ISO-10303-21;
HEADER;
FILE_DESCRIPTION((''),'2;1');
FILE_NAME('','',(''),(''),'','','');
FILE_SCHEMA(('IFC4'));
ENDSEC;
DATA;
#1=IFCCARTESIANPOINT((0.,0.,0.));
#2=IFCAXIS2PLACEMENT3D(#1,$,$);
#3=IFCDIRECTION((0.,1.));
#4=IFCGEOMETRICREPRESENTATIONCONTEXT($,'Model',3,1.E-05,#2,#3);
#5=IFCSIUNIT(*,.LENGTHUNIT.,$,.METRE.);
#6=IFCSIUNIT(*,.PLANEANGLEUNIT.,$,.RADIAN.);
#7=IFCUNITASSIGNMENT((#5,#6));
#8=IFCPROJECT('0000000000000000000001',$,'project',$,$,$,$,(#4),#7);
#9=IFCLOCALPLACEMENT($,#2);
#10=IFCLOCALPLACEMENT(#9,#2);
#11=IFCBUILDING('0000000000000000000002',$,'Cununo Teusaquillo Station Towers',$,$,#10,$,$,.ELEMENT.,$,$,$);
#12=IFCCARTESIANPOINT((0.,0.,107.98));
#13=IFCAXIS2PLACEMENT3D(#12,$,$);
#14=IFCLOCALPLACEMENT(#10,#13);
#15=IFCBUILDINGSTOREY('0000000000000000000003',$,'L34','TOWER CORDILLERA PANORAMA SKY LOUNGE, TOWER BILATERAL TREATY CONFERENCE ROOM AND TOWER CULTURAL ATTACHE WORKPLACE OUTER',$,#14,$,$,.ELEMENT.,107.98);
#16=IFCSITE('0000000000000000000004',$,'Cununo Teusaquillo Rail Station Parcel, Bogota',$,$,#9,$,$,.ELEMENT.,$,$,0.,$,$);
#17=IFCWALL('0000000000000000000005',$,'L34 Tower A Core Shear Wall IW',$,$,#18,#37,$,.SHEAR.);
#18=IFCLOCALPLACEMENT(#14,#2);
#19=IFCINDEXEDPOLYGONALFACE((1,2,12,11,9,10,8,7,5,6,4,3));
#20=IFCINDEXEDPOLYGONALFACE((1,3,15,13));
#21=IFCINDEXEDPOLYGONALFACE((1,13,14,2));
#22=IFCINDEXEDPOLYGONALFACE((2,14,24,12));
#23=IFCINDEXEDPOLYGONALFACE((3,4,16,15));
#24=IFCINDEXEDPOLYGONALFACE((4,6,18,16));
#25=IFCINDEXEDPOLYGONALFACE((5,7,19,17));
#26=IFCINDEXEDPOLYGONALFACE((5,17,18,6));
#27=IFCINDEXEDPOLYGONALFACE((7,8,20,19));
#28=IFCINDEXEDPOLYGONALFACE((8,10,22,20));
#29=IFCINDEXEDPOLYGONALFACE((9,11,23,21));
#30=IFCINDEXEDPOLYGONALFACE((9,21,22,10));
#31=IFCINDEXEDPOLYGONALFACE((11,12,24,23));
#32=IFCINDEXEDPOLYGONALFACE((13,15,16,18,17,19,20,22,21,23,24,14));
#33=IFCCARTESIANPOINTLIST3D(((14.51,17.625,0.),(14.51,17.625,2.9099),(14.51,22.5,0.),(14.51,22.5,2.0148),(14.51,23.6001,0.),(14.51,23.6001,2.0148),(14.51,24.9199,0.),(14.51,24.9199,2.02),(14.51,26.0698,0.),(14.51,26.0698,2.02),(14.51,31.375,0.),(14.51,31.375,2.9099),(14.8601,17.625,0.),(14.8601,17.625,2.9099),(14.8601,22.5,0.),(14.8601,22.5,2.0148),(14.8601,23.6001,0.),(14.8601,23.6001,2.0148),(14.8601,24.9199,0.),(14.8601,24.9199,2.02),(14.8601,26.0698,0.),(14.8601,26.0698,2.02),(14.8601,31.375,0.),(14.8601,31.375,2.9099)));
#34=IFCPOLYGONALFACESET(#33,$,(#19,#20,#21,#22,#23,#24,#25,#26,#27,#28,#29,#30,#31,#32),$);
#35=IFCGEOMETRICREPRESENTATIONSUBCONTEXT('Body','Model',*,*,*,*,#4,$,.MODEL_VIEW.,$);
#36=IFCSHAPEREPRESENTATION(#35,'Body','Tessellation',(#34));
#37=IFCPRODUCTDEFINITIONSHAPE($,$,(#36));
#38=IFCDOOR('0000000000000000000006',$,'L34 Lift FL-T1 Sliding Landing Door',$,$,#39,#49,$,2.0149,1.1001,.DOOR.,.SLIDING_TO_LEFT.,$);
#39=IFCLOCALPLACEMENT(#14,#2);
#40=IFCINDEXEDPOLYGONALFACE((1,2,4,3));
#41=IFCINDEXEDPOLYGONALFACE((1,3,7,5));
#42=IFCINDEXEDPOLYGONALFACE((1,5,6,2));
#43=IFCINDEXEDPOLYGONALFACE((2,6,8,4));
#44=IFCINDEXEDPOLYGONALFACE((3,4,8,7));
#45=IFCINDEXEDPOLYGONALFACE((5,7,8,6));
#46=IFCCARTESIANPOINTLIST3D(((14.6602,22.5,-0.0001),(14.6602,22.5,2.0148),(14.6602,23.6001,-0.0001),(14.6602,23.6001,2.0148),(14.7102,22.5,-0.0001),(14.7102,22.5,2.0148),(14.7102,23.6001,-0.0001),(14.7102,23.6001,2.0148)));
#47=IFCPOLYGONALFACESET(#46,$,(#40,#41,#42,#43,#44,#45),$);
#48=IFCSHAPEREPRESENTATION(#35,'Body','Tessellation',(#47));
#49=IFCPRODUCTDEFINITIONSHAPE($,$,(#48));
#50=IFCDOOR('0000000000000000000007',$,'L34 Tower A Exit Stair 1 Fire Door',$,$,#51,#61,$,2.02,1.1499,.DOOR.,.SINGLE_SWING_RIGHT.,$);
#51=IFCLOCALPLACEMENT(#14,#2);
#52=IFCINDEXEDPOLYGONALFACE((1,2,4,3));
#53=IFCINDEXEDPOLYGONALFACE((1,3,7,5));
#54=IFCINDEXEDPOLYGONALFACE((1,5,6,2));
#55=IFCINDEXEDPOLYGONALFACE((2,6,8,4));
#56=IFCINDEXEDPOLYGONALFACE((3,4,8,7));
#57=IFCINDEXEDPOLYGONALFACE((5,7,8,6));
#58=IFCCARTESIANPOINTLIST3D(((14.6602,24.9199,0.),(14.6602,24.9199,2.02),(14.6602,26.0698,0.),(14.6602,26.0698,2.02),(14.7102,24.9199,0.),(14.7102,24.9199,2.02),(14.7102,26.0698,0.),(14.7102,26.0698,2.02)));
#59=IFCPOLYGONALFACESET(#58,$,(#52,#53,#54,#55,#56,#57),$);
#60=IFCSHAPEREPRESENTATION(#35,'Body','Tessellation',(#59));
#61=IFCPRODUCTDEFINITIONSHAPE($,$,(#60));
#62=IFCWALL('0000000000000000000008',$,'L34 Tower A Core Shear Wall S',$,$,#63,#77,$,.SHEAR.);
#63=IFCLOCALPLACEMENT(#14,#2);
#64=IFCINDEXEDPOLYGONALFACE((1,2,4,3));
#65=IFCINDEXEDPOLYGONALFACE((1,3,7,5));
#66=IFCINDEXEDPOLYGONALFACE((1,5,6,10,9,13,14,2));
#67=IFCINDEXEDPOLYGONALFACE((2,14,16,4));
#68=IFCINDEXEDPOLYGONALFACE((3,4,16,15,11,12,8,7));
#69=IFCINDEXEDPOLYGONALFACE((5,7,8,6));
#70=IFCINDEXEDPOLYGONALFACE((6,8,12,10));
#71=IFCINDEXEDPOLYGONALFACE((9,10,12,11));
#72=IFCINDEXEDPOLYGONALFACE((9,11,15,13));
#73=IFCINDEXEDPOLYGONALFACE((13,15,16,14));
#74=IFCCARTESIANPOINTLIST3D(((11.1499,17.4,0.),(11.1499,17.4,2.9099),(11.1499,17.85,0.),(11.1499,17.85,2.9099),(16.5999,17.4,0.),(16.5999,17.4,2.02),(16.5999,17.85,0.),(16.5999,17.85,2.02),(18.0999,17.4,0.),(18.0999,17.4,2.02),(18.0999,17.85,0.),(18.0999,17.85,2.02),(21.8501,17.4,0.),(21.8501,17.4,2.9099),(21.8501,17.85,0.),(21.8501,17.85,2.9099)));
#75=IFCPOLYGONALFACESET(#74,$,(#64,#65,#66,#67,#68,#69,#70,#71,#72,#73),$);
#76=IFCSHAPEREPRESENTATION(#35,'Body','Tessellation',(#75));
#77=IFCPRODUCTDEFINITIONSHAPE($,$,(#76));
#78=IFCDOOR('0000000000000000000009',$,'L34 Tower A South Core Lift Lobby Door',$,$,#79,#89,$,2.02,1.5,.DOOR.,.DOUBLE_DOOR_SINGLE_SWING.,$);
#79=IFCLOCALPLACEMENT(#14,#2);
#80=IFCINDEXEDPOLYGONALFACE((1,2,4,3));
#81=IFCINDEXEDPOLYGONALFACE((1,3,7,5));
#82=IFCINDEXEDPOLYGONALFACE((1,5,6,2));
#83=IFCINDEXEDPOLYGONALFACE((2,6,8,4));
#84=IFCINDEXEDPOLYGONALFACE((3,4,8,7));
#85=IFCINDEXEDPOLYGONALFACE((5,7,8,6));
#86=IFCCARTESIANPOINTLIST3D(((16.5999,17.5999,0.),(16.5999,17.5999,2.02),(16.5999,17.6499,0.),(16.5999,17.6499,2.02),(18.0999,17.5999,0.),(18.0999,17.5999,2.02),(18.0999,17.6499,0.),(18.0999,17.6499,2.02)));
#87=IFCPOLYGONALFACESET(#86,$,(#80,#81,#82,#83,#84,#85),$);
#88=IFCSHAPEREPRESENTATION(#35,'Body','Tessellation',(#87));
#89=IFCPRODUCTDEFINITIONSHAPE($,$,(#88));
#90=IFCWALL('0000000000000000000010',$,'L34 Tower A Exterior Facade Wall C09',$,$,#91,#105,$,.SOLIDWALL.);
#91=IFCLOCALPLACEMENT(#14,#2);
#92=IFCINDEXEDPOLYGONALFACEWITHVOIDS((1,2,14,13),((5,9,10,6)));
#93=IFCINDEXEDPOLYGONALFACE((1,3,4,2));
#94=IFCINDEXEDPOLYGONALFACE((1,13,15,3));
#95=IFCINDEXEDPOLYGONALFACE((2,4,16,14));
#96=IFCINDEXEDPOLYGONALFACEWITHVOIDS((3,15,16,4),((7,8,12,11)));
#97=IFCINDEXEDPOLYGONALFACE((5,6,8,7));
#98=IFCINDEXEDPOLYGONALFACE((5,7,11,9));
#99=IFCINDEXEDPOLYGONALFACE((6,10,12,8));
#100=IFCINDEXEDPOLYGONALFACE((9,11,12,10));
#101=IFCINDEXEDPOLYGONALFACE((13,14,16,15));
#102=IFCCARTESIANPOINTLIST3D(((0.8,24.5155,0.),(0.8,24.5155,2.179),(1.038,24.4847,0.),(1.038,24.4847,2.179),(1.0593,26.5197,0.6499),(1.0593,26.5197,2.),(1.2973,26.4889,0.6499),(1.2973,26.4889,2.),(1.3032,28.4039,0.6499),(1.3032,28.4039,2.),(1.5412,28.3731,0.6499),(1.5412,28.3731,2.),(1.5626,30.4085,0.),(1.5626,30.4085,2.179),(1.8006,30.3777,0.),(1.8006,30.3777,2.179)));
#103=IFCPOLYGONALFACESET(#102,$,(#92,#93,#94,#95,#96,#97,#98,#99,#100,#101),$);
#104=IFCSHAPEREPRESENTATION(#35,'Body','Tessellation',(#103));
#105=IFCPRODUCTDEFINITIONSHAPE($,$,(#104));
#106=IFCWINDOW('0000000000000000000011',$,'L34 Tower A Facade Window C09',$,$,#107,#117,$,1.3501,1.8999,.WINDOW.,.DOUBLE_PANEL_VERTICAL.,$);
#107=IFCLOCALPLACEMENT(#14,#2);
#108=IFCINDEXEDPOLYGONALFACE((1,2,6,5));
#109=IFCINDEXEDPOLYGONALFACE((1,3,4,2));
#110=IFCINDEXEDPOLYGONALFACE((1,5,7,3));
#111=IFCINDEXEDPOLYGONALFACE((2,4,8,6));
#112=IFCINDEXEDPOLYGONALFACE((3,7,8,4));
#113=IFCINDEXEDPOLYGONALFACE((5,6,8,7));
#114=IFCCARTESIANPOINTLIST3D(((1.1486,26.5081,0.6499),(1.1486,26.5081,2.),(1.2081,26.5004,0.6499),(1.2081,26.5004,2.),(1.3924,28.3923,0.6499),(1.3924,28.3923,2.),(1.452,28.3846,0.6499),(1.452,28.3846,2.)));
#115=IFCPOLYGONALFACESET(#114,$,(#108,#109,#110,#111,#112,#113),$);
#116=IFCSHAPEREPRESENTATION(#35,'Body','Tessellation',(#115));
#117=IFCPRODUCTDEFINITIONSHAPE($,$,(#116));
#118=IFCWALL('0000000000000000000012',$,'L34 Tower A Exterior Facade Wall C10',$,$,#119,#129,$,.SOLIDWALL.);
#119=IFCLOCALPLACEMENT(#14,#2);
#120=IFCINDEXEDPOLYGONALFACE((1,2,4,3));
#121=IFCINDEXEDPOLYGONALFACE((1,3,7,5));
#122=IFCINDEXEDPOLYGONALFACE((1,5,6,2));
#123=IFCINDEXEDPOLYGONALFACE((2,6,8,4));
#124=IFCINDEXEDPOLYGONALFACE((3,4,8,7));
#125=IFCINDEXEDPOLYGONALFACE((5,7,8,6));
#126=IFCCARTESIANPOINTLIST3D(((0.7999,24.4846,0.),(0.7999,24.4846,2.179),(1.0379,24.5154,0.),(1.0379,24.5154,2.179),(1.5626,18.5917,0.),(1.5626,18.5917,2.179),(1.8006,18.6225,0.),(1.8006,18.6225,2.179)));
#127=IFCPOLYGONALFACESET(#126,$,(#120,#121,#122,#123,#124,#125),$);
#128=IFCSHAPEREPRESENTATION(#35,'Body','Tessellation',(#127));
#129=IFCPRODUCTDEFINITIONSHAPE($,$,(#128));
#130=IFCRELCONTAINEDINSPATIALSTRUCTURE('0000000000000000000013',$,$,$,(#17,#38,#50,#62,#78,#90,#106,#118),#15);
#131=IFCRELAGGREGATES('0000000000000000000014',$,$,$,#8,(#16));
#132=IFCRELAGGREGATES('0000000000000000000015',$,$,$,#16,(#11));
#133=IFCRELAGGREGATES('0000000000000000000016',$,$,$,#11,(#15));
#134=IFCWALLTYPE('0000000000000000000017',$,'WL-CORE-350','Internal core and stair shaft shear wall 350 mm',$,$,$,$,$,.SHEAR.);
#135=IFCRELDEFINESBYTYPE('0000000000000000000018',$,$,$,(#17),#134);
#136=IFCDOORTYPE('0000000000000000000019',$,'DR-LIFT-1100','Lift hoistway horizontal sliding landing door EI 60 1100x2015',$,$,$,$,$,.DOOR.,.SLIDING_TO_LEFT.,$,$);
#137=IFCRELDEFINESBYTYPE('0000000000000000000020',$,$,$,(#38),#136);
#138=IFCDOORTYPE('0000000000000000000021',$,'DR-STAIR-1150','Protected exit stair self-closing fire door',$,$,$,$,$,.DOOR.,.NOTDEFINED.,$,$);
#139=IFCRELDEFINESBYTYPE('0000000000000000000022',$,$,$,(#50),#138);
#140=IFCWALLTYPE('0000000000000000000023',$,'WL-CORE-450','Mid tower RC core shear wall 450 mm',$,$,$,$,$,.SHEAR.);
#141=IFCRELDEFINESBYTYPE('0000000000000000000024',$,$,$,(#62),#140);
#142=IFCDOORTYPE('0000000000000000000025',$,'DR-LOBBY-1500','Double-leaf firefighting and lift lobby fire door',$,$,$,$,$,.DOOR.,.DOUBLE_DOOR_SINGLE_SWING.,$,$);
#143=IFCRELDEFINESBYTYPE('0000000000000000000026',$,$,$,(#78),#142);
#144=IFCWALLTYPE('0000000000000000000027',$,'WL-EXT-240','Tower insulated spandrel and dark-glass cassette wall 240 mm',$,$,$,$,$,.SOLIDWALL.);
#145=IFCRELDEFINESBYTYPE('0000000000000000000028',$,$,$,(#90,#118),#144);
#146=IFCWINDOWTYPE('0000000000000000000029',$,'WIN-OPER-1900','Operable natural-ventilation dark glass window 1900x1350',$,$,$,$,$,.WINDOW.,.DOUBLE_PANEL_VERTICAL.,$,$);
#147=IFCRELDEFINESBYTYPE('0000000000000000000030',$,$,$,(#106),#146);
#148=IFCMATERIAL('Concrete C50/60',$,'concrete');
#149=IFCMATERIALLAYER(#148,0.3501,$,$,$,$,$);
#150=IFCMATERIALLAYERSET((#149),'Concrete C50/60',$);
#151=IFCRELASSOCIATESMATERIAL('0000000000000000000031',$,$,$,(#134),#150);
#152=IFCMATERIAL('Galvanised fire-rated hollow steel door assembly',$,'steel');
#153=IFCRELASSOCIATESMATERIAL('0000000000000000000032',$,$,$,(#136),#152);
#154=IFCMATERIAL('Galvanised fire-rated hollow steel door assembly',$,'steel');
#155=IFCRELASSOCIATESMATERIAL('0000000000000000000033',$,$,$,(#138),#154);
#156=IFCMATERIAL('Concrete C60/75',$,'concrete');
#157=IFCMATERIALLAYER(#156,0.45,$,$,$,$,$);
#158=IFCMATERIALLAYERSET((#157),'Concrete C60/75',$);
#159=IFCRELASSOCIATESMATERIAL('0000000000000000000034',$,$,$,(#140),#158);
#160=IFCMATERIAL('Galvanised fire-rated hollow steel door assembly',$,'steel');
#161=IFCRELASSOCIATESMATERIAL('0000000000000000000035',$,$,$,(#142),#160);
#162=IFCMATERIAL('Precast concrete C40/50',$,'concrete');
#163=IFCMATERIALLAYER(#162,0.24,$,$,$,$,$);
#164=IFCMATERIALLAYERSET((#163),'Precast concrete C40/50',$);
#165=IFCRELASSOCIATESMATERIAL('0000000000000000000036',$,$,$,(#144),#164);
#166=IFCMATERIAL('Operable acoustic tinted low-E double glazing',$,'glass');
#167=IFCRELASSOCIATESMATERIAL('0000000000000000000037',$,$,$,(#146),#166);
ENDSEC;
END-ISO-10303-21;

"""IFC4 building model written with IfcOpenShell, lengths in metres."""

from ifc_helpers import new_model, si_unit, direction, frame, frame_2d, origin, place, context, subcontext, project, spatial, rectangle, extrude, source, transform, mapped, material, layer, layer_set, type_object, element, fill, save


model = new_model("IFC4")

# Units and contexts
model_context = context("Model", 3, precision=1e-05, world=origin(), true_north=direction((0.0, 1.0)))
body_context = subcontext(model_context, "Body", "Model", "MODEL_VIEW")
ifc_project = project(units=[si_unit("LENGTHUNIT", "METRE"), si_unit("PLANEANGLEUNIT", "RADIAN")], contexts=[model_context])

# Site, building, storey
site_placement = place(None, origin())
site = spatial("IfcSite", under=ifc_project, at=site_placement, Name="Cununo Teusaquillo Rail Station Parcel, Bogota", CompositionType="ELEMENT", RefElevation=0.0)
building_placement = place(site_placement, origin())
building = spatial("IfcBuilding", under=site, at=building_placement, Name="Cununo Teusaquillo Station Towers", CompositionType="ELEMENT")
storey_placement = place(building_placement, frame((0.0, 0.0, 107.98)))
storey = spatial("IfcBuildingStorey", under=building, at=storey_placement, Name="L34", Description="TOWER CORDILLERA PANORAMA SKY LOUNGE, TOWER BILATERAL TREATY CONFERENCE ROOM AND TOWER CULTURAL ATTACHE WORKPLACE OUTER", CompositionType="ELEMENT", Elevation=107.98)

# Wall, openings, doors
ifc_material_1 = material(Name="Concrete C50/60", Category="concrete")
ifc_layer_1 = layer(ifc_material_1, 0.3501)
ifc_layer_set_1 = layer_set([ifc_layer_1], Name="Concrete C50/60")
wall_type_1 = type_object("IfcWallType", Name="WL-CORE-350", Description="Internal core and stair shaft shear wall 350 mm", PredefinedType="SHEAR", material=ifc_layer_set_1)
wall_1_placement = place(storey_placement, frame((14.6851, 17.625, 0.0), z_axis=(0.0, 0.0, 1.0), x_axis=(0.0, 1.0, 0.0)))
wall_1 = element("IfcWall", 1, at=wall_1_placement, inside=storey, type_object=wall_type_1, Name="L34 Tower A Core Shear Wall IW", PredefinedType="SHEAR", context=body_context, shape_type="SweptSolid", body=[
    extrude(rectangle(XDim=13.75, YDim=0.3501, at=frame_2d((6.875, 0.0))), origin(), (0.0, 0.0, 1.0), 2.9099),
])
shared_shape_1 = source(origin(), body_context, "Body", "SweptSolid", [
    extrude(rectangle(XDim=1.1001, YDim=2.0149, at=frame_2d((0.55, 1.0073))), frame((0.0, 0.1851, 0.0), z_axis=(0.0, -1.0, 0.0), x_axis=(1.0, 0.0, 0.0)), (0.0, 0.0, 1.0), 0.3701),
])
opening_1_placement = place(wall_1_placement, frame((4.875, 0.0, 0.0)))
opening_1 = element("IfcOpeningElement", 2, at=opening_1_placement, cuts=wall_1, PredefinedType="OPENING", context=body_context, shape_type="MappedRepresentation", body=[
    mapped(shared_shape_1, transform((0.0, 0.0, 0.0), x_axis=(1.0, 0.0, 0.0), y_axis=(0.0, 1.0, 0.0), z_axis=(0.0, 0.0, 1.0), scale=1.0)),
])
shared_shape_2 = source(origin(), body_context, "Body", "SweptSolid", [
    extrude(rectangle(XDim=1.1499, YDim=2.02, at=frame_2d((0.575, 1.01))), frame((0.0, 0.1851, 0.0), z_axis=(0.0, -1.0, 0.0), x_axis=(1.0, 0.0, 0.0)), (0.0, 0.0, 1.0), 0.3701),
])
opening_2_placement = place(wall_1_placement, frame((7.2949, 0.0, 0.0)))
opening_2 = element("IfcOpeningElement", 3, at=opening_2_placement, cuts=wall_1, PredefinedType="OPENING", context=body_context, shape_type="MappedRepresentation", body=[
    mapped(shared_shape_2, transform((0.0, 0.0, 0.0), x_axis=(1.0, 0.0, 0.0), y_axis=(0.0, 1.0, 0.0), z_axis=(0.0, 0.0, 1.0), scale=1.0)),
])
ifc_material_2 = material(Name="Galvanised fire-rated hollow steel door assembly", Category="steel")
door_type_1 = type_object("IfcDoorType", Name="DR-LIFT-1100", Description="Lift hoistway horizontal sliding landing door EI 60 1100x2015", OperationType="SLIDING_TO_LEFT", PredefinedType="DOOR", material=ifc_material_2)
shared_shape_3 = source(origin(), body_context, "Body", "SweptSolid", [
    extrude(rectangle(XDim=1.1001, YDim=2.0149, at=frame_2d((0.55, 1.0073))), frame((0.0, 0.0249, 0.0), z_axis=(0.0, -1.0, 0.0), x_axis=(1.0, 0.0, 0.0)), (0.0, 0.0, 1.0), 0.05),
])
door_1_placement = place(opening_1_placement, origin())
door_1 = element("IfcDoor", 4, at=door_1_placement, inside=storey, type_object=door_type_1, Name="L34 Lift FL-T1 Sliding Landing Door", OperationType="SLIDING_TO_LEFT", OverallHeight=2.0149, OverallWidth=1.1001, PredefinedType="DOOR", context=body_context, shape_type="MappedRepresentation", body=[
    mapped(shared_shape_3, transform((0.0, 0.0, 0.0), x_axis=(1.0, 0.0, 0.0), y_axis=(0.0, 1.0, 0.0), z_axis=(0.0, 0.0, 1.0), scale=1.0)),
])
fill(opening_1, door_1)
ifc_material_3 = material(Name="Galvanised fire-rated hollow steel door assembly", Category="steel")
door_type_2 = type_object("IfcDoorType", Name="DR-STAIR-1150", Description="Protected exit stair self-closing fire door", OperationType="NOTDEFINED", PredefinedType="DOOR", material=ifc_material_3)
shared_shape_4 = source(origin(), body_context, "Body", "SweptSolid", [
    extrude(rectangle(XDim=1.1499, YDim=2.02, at=frame_2d((0.575, 1.01))), frame((0.0, 0.0249, 0.0), z_axis=(0.0, -1.0, 0.0), x_axis=(1.0, 0.0, 0.0)), (0.0, 0.0, 1.0), 0.05),
])
door_2_placement = place(opening_2_placement, origin())
door_2 = element("IfcDoor", 5, at=door_2_placement, inside=storey, type_object=door_type_2, Name="L34 Tower A Exit Stair 1 Fire Door", OperationType="SINGLE_SWING_RIGHT", OverallHeight=2.02, OverallWidth=1.1499, PredefinedType="DOOR", context=body_context, shape_type="MappedRepresentation", body=[
    mapped(shared_shape_4, transform((0.0, 0.0, 0.0), x_axis=(1.0, 0.0, 0.0), y_axis=(0.0, 1.0, 0.0), z_axis=(0.0, 0.0, 1.0), scale=1.0)),
])
fill(opening_2, door_2)

# Wall, opening, door
ifc_material_4 = material(Name="Concrete C60/75", Category="concrete")
ifc_layer_2 = layer(ifc_material_4, 0.45)
ifc_layer_set_2 = layer_set([ifc_layer_2], Name="Concrete C60/75")
wall_type_2 = type_object("IfcWallType", Name="WL-CORE-450", Description="Mid tower RC core shear wall 450 mm", PredefinedType="SHEAR", material=ifc_layer_set_2)
wall_2_placement = place(storey_placement, frame((11.1499, 17.625, 0.0), z_axis=(0.0, 0.0, 1.0), x_axis=(1.0, 0.0, 0.0)))
wall_2 = element("IfcWall", 6, at=wall_2_placement, inside=storey, type_object=wall_type_2, Name="L34 Tower A Core Shear Wall S", PredefinedType="SHEAR", context=body_context, shape_type="SweptSolid", body=[
    extrude(rectangle(XDim=10.7002, YDim=0.45, at=frame_2d((5.3501, 0.0))), origin(), (0.0, 0.0, 1.0), 2.9099),
])
shared_shape_5 = source(origin(), body_context, "Body", "SweptSolid", [
    extrude(rectangle(XDim=1.5, YDim=2.02, at=frame_2d((0.75, 1.01))), frame((0.0, 0.2349, 0.0), z_axis=(0.0, -1.0, 0.0), x_axis=(1.0, 0.0, 0.0)), (0.0, 0.0, 1.0), 0.47),
])
opening_3_placement = place(wall_2_placement, frame((5.45, 0.0, 0.0)))
opening_3 = element("IfcOpeningElement", 7, at=opening_3_placement, cuts=wall_2, PredefinedType="OPENING", context=body_context, shape_type="MappedRepresentation", body=[
    mapped(shared_shape_5, transform((0.0, 0.0, 0.0), x_axis=(1.0, 0.0, 0.0), y_axis=(0.0, 1.0, 0.0), z_axis=(0.0, 0.0, 1.0), scale=1.0)),
])
ifc_material_5 = material(Name="Galvanised fire-rated hollow steel door assembly", Category="steel")
door_type_3 = type_object("IfcDoorType", Name="DR-LOBBY-1500", Description="Double-leaf firefighting and lift lobby fire door", OperationType="DOUBLE_DOOR_SINGLE_SWING", PredefinedType="DOOR", material=ifc_material_5)
shared_shape_6 = source(origin(), body_context, "Body", "SweptSolid", [
    extrude(rectangle(XDim=1.5, YDim=2.02, at=frame_2d((0.75, 1.01))), frame((0.0, 0.0249, 0.0), z_axis=(0.0, -1.0, 0.0), x_axis=(1.0, 0.0, 0.0)), (0.0, 0.0, 1.0), 0.05),
])
door_3_placement = place(opening_3_placement, origin())
door_3 = element("IfcDoor", 8, at=door_3_placement, inside=storey, type_object=door_type_3, Name="L34 Tower A South Core Lift Lobby Door", OperationType="DOUBLE_DOOR_SINGLE_SWING", OverallHeight=2.02, OverallWidth=1.5, PredefinedType="DOOR", context=body_context, shape_type="MappedRepresentation", body=[
    mapped(shared_shape_6, transform((0.0, 0.0, 0.0), x_axis=(1.0, 0.0, 0.0), y_axis=(0.0, 1.0, 0.0), z_axis=(0.0, 0.0, 1.0), scale=1.0)),
])
fill(opening_3, door_3)

# Wall, opening, window
ifc_material_6 = material(Name="Precast concrete C40/50", Category="concrete")
ifc_layer_3 = layer(ifc_material_6, 0.24)
ifc_layer_set_3 = layer_set([ifc_layer_3], Name="Precast concrete C40/50")
wall_type_3 = type_object("IfcWallType", Name="WL-EXT-240", Description="Tower insulated spandrel and dark-glass cassette wall 240 mm", PredefinedType="SOLIDWALL", material=ifc_layer_set_3)
wall_3_placement = place(storey_placement, frame((0.9189, 24.5, 0.0), z_axis=(0.0, 0.0, 1.0), x_axis=(0.128352, 0.991729, 0.0)))
wall_3 = element("IfcWall", 9, at=wall_3_placement, inside=storey, type_object=wall_type_3, Name="L34 Tower A Exterior Facade Wall C09", PredefinedType="SOLIDWALL", context=body_context, shape_type="SweptSolid", body=[
    extrude(rectangle(XDim=5.9421, YDim=0.24, at=frame_2d((2.9712, 0.0))), origin(), (0.0, 0.0, 1.0), 2.179),
])
shared_shape_7 = source(origin(), body_context, "Body", "SweptSolid", [
    extrude(rectangle(XDim=1.8999, YDim=1.3501, at=frame_2d((0.95, 0.675))), frame((0.0, 0.1299, 0.0), z_axis=(0.0, -1.0, 0.0), x_axis=(1.0, 0.0, 0.0)), (0.0, 0.0, 1.0), 0.26),
])
opening_4_placement = place(wall_3_placement, frame((2.021, 0.0, 0.6499)))
opening_4 = element("IfcOpeningElement", 10, at=opening_4_placement, cuts=wall_3, PredefinedType="OPENING", context=body_context, shape_type="MappedRepresentation", body=[
    mapped(shared_shape_7, transform((0.0, 0.0, 0.0), x_axis=(1.0, 0.0, 0.0), y_axis=(0.0, 1.0, 0.0), z_axis=(0.0, 0.0, 1.0), scale=1.0)),
])
ifc_material_7 = material(Name="Operable acoustic tinted low-E double glazing", Category="glass")
window_type = type_object("IfcWindowType", Name="WIN-OPER-1900", Description="Operable natural-ventilation dark glass window 1900x1350", PartitioningType="DOUBLE_PANEL_VERTICAL", PredefinedType="WINDOW", material=ifc_material_7)
shared_shape_8 = source(origin(), body_context, "Body", "SweptSolid", [
    extrude(rectangle(XDim=1.8999, YDim=1.3501, at=frame_2d((0.95, 0.675))), frame((0.0, 0.03, 0.0), z_axis=(0.0, -1.0, 0.0), x_axis=(1.0, 0.0, 0.0)), (0.0, 0.0, 1.0), 0.0601),
])
window_placement = place(opening_4_placement, origin())
window = element("IfcWindow", 11, at=window_placement, inside=storey, type_object=window_type, Name="L34 Tower A Facade Window C09", OverallHeight=1.3501, OverallWidth=1.8999, PartitioningType="DOUBLE_PANEL_VERTICAL", PredefinedType="WINDOW", context=body_context, shape_type="MappedRepresentation", body=[
    mapped(shared_shape_8, transform((0.0, 0.0, 0.0), x_axis=(1.0, 0.0, 0.0), y_axis=(0.0, 1.0, 0.0), z_axis=(0.0, 0.0, 1.0), scale=1.0)),
])
fill(opening_4, window)

# Wall
wall_4_placement = place(storey_placement, frame((1.6816, 18.6069, 0.0), z_axis=(0.0, 0.0, 1.0), x_axis=(-0.128352, 0.991729, 0.0)))
element("IfcWall", 12, at=wall_4_placement, inside=storey, type_object=wall_type_3, Name="L34 Tower A Exterior Facade Wall C10", PredefinedType="SOLIDWALL", context=body_context, shape_type="SweptSolid", body=[
    extrude(rectangle(XDim=5.9421, YDim=0.24, at=frame_2d((2.9712, 0.0))), origin(), (0.0, 0.0, 1.0), 2.179),
])

save(model, "model.ifc")
